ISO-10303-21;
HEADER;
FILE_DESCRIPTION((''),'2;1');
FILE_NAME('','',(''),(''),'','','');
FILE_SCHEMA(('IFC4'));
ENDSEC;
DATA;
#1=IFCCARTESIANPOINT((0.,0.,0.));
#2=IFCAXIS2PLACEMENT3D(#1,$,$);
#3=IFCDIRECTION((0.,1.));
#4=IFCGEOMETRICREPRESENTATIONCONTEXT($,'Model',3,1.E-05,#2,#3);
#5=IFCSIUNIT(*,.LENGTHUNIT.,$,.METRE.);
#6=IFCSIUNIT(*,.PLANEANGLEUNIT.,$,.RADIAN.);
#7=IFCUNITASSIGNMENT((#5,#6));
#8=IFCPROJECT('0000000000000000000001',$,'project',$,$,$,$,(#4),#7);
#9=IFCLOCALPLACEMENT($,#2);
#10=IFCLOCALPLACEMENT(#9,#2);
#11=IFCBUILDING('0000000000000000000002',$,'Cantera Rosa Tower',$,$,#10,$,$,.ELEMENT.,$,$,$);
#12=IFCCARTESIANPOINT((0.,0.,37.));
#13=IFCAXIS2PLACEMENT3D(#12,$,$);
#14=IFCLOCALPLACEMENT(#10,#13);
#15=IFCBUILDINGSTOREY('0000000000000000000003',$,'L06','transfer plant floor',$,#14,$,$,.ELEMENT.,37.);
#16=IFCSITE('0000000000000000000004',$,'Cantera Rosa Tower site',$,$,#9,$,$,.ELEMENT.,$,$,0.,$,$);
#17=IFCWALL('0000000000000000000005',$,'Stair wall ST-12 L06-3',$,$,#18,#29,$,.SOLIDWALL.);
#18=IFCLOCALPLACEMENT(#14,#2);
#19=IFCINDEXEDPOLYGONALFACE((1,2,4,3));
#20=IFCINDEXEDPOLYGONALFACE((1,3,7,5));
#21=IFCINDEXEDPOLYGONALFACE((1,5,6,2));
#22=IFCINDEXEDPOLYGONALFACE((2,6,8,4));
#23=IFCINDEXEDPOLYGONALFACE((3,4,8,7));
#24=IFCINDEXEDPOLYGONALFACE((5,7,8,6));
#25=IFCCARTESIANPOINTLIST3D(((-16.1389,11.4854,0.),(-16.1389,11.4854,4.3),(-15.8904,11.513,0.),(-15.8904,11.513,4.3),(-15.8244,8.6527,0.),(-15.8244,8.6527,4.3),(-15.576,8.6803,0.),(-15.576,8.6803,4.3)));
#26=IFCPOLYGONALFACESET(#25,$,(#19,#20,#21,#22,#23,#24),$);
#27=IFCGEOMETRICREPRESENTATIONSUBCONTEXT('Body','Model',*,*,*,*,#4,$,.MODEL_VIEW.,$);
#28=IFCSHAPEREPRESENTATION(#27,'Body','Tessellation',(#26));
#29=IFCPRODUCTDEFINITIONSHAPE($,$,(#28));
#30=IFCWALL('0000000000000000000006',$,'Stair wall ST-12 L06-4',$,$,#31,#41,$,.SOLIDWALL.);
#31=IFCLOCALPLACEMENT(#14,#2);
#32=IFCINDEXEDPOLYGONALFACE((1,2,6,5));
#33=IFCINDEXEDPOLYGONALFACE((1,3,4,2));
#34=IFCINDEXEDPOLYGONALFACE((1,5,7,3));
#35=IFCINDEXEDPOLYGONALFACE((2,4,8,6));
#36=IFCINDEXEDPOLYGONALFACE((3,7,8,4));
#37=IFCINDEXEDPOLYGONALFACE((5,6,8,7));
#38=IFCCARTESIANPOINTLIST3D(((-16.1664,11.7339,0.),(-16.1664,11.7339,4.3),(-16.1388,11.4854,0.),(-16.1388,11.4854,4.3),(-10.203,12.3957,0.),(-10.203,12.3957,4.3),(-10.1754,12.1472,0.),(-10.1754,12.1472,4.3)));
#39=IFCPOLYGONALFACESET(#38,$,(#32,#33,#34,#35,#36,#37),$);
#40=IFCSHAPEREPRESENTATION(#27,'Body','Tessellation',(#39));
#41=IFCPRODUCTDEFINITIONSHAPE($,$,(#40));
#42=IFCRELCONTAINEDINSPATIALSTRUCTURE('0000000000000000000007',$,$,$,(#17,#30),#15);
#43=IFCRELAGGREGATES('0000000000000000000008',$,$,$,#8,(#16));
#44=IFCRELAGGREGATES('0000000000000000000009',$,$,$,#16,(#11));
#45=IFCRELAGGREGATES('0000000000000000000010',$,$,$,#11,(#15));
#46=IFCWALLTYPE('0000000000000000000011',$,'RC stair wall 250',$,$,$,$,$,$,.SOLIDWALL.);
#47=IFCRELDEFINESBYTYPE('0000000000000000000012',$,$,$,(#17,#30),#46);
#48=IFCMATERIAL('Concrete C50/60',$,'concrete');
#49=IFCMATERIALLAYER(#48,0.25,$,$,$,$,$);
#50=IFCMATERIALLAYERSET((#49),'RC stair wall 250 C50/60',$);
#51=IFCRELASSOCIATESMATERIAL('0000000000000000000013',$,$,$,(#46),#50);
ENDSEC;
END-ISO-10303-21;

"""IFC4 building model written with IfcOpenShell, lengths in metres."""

from ifc_helpers import new_model, si_unit, direction, frame, frame_2d, origin, place, context, subcontext, project, spatial, rectangle, extrude, material, layer, layer_set, type_object, element, save


model = new_model("IFC4")

# Units and contexts
model_context = context("Model", 3, precision=1e-05, world=origin(), true_north=direction((0.0, 1.0)))
body_context = subcontext(model_context, "Body", "Model", "MODEL_VIEW")
ifc_project = project(units=[si_unit("LENGTHUNIT", "METRE"), si_unit("PLANEANGLEUNIT", "RADIAN")], contexts=[model_context])

# Site, building, storey
site_placement = place(None, origin())
site = spatial("IfcSite", under=ifc_project, at=site_placement, Name="Cantera Rosa Tower site", CompositionType="ELEMENT", RefElevation=0.0)
building_placement = place(site_placement, origin())
building = spatial("IfcBuilding", under=site, at=building_placement, Name="Cantera Rosa Tower", CompositionType="ELEMENT")
storey_placement = place(building_placement, frame((0.0, 0.0, 37.0)))
storey = spatial("IfcBuildingStorey", under=building, at=storey_placement, Name="L06", Description="transfer plant floor", CompositionType="ELEMENT", Elevation=37.0)

# Walls
ifc_material_1 = material(Name="Concrete C50/60", Category="concrete")
ifc_layer_1 = layer(ifc_material_1, 0.25)
ifc_layer_set_1 = layer_set([ifc_layer_1], Name="RC stair wall 250 C50/60")
wall_type_1 = type_object("IfcWallType", Name="RC stair wall 250", PredefinedType="SOLIDWALL", material=ifc_layer_set_1)
wall_1_placement = place(storey_placement, frame((-15.7002, 8.6665, 0.0), z_axis=(0.0, 0.0, 1.0), x_axis=(-0.110328, 0.993895, 0.0)))
element("IfcWall", 1, at=wall_1_placement, inside=storey, type_object=wall_type_1, Name="Stair wall ST-12 L06-3", PredefinedType="SOLIDWALL", context=body_context, shape_type="SweptSolid", body=[
    extrude(rectangle(XDim=2.8501, YDim=0.25, at=frame_2d((1.425, 0.0))), origin(), (0.0, 0.0, 1.0), 4.3),
])
wall_2_placement = place(storey_placement, frame((-16.1526, 11.6096, 0.0), z_axis=(0.0, 0.0, 1.0), x_axis=(0.993897, 0.110311, 0.0)))
element("IfcWall", 2, at=wall_2_placement, inside=storey, type_object=wall_type_1, Name="Stair wall ST-12 L06-4", PredefinedType="SOLIDWALL", context=body_context, shape_type="SweptSolid", body=[
    extrude(rectangle(XDim=6.0, YDim=0.25, at=frame_2d((3.0, 0.0))), origin(), (0.0, 0.0, 1.0), 4.3),
])

save(model, "model.ifc")
